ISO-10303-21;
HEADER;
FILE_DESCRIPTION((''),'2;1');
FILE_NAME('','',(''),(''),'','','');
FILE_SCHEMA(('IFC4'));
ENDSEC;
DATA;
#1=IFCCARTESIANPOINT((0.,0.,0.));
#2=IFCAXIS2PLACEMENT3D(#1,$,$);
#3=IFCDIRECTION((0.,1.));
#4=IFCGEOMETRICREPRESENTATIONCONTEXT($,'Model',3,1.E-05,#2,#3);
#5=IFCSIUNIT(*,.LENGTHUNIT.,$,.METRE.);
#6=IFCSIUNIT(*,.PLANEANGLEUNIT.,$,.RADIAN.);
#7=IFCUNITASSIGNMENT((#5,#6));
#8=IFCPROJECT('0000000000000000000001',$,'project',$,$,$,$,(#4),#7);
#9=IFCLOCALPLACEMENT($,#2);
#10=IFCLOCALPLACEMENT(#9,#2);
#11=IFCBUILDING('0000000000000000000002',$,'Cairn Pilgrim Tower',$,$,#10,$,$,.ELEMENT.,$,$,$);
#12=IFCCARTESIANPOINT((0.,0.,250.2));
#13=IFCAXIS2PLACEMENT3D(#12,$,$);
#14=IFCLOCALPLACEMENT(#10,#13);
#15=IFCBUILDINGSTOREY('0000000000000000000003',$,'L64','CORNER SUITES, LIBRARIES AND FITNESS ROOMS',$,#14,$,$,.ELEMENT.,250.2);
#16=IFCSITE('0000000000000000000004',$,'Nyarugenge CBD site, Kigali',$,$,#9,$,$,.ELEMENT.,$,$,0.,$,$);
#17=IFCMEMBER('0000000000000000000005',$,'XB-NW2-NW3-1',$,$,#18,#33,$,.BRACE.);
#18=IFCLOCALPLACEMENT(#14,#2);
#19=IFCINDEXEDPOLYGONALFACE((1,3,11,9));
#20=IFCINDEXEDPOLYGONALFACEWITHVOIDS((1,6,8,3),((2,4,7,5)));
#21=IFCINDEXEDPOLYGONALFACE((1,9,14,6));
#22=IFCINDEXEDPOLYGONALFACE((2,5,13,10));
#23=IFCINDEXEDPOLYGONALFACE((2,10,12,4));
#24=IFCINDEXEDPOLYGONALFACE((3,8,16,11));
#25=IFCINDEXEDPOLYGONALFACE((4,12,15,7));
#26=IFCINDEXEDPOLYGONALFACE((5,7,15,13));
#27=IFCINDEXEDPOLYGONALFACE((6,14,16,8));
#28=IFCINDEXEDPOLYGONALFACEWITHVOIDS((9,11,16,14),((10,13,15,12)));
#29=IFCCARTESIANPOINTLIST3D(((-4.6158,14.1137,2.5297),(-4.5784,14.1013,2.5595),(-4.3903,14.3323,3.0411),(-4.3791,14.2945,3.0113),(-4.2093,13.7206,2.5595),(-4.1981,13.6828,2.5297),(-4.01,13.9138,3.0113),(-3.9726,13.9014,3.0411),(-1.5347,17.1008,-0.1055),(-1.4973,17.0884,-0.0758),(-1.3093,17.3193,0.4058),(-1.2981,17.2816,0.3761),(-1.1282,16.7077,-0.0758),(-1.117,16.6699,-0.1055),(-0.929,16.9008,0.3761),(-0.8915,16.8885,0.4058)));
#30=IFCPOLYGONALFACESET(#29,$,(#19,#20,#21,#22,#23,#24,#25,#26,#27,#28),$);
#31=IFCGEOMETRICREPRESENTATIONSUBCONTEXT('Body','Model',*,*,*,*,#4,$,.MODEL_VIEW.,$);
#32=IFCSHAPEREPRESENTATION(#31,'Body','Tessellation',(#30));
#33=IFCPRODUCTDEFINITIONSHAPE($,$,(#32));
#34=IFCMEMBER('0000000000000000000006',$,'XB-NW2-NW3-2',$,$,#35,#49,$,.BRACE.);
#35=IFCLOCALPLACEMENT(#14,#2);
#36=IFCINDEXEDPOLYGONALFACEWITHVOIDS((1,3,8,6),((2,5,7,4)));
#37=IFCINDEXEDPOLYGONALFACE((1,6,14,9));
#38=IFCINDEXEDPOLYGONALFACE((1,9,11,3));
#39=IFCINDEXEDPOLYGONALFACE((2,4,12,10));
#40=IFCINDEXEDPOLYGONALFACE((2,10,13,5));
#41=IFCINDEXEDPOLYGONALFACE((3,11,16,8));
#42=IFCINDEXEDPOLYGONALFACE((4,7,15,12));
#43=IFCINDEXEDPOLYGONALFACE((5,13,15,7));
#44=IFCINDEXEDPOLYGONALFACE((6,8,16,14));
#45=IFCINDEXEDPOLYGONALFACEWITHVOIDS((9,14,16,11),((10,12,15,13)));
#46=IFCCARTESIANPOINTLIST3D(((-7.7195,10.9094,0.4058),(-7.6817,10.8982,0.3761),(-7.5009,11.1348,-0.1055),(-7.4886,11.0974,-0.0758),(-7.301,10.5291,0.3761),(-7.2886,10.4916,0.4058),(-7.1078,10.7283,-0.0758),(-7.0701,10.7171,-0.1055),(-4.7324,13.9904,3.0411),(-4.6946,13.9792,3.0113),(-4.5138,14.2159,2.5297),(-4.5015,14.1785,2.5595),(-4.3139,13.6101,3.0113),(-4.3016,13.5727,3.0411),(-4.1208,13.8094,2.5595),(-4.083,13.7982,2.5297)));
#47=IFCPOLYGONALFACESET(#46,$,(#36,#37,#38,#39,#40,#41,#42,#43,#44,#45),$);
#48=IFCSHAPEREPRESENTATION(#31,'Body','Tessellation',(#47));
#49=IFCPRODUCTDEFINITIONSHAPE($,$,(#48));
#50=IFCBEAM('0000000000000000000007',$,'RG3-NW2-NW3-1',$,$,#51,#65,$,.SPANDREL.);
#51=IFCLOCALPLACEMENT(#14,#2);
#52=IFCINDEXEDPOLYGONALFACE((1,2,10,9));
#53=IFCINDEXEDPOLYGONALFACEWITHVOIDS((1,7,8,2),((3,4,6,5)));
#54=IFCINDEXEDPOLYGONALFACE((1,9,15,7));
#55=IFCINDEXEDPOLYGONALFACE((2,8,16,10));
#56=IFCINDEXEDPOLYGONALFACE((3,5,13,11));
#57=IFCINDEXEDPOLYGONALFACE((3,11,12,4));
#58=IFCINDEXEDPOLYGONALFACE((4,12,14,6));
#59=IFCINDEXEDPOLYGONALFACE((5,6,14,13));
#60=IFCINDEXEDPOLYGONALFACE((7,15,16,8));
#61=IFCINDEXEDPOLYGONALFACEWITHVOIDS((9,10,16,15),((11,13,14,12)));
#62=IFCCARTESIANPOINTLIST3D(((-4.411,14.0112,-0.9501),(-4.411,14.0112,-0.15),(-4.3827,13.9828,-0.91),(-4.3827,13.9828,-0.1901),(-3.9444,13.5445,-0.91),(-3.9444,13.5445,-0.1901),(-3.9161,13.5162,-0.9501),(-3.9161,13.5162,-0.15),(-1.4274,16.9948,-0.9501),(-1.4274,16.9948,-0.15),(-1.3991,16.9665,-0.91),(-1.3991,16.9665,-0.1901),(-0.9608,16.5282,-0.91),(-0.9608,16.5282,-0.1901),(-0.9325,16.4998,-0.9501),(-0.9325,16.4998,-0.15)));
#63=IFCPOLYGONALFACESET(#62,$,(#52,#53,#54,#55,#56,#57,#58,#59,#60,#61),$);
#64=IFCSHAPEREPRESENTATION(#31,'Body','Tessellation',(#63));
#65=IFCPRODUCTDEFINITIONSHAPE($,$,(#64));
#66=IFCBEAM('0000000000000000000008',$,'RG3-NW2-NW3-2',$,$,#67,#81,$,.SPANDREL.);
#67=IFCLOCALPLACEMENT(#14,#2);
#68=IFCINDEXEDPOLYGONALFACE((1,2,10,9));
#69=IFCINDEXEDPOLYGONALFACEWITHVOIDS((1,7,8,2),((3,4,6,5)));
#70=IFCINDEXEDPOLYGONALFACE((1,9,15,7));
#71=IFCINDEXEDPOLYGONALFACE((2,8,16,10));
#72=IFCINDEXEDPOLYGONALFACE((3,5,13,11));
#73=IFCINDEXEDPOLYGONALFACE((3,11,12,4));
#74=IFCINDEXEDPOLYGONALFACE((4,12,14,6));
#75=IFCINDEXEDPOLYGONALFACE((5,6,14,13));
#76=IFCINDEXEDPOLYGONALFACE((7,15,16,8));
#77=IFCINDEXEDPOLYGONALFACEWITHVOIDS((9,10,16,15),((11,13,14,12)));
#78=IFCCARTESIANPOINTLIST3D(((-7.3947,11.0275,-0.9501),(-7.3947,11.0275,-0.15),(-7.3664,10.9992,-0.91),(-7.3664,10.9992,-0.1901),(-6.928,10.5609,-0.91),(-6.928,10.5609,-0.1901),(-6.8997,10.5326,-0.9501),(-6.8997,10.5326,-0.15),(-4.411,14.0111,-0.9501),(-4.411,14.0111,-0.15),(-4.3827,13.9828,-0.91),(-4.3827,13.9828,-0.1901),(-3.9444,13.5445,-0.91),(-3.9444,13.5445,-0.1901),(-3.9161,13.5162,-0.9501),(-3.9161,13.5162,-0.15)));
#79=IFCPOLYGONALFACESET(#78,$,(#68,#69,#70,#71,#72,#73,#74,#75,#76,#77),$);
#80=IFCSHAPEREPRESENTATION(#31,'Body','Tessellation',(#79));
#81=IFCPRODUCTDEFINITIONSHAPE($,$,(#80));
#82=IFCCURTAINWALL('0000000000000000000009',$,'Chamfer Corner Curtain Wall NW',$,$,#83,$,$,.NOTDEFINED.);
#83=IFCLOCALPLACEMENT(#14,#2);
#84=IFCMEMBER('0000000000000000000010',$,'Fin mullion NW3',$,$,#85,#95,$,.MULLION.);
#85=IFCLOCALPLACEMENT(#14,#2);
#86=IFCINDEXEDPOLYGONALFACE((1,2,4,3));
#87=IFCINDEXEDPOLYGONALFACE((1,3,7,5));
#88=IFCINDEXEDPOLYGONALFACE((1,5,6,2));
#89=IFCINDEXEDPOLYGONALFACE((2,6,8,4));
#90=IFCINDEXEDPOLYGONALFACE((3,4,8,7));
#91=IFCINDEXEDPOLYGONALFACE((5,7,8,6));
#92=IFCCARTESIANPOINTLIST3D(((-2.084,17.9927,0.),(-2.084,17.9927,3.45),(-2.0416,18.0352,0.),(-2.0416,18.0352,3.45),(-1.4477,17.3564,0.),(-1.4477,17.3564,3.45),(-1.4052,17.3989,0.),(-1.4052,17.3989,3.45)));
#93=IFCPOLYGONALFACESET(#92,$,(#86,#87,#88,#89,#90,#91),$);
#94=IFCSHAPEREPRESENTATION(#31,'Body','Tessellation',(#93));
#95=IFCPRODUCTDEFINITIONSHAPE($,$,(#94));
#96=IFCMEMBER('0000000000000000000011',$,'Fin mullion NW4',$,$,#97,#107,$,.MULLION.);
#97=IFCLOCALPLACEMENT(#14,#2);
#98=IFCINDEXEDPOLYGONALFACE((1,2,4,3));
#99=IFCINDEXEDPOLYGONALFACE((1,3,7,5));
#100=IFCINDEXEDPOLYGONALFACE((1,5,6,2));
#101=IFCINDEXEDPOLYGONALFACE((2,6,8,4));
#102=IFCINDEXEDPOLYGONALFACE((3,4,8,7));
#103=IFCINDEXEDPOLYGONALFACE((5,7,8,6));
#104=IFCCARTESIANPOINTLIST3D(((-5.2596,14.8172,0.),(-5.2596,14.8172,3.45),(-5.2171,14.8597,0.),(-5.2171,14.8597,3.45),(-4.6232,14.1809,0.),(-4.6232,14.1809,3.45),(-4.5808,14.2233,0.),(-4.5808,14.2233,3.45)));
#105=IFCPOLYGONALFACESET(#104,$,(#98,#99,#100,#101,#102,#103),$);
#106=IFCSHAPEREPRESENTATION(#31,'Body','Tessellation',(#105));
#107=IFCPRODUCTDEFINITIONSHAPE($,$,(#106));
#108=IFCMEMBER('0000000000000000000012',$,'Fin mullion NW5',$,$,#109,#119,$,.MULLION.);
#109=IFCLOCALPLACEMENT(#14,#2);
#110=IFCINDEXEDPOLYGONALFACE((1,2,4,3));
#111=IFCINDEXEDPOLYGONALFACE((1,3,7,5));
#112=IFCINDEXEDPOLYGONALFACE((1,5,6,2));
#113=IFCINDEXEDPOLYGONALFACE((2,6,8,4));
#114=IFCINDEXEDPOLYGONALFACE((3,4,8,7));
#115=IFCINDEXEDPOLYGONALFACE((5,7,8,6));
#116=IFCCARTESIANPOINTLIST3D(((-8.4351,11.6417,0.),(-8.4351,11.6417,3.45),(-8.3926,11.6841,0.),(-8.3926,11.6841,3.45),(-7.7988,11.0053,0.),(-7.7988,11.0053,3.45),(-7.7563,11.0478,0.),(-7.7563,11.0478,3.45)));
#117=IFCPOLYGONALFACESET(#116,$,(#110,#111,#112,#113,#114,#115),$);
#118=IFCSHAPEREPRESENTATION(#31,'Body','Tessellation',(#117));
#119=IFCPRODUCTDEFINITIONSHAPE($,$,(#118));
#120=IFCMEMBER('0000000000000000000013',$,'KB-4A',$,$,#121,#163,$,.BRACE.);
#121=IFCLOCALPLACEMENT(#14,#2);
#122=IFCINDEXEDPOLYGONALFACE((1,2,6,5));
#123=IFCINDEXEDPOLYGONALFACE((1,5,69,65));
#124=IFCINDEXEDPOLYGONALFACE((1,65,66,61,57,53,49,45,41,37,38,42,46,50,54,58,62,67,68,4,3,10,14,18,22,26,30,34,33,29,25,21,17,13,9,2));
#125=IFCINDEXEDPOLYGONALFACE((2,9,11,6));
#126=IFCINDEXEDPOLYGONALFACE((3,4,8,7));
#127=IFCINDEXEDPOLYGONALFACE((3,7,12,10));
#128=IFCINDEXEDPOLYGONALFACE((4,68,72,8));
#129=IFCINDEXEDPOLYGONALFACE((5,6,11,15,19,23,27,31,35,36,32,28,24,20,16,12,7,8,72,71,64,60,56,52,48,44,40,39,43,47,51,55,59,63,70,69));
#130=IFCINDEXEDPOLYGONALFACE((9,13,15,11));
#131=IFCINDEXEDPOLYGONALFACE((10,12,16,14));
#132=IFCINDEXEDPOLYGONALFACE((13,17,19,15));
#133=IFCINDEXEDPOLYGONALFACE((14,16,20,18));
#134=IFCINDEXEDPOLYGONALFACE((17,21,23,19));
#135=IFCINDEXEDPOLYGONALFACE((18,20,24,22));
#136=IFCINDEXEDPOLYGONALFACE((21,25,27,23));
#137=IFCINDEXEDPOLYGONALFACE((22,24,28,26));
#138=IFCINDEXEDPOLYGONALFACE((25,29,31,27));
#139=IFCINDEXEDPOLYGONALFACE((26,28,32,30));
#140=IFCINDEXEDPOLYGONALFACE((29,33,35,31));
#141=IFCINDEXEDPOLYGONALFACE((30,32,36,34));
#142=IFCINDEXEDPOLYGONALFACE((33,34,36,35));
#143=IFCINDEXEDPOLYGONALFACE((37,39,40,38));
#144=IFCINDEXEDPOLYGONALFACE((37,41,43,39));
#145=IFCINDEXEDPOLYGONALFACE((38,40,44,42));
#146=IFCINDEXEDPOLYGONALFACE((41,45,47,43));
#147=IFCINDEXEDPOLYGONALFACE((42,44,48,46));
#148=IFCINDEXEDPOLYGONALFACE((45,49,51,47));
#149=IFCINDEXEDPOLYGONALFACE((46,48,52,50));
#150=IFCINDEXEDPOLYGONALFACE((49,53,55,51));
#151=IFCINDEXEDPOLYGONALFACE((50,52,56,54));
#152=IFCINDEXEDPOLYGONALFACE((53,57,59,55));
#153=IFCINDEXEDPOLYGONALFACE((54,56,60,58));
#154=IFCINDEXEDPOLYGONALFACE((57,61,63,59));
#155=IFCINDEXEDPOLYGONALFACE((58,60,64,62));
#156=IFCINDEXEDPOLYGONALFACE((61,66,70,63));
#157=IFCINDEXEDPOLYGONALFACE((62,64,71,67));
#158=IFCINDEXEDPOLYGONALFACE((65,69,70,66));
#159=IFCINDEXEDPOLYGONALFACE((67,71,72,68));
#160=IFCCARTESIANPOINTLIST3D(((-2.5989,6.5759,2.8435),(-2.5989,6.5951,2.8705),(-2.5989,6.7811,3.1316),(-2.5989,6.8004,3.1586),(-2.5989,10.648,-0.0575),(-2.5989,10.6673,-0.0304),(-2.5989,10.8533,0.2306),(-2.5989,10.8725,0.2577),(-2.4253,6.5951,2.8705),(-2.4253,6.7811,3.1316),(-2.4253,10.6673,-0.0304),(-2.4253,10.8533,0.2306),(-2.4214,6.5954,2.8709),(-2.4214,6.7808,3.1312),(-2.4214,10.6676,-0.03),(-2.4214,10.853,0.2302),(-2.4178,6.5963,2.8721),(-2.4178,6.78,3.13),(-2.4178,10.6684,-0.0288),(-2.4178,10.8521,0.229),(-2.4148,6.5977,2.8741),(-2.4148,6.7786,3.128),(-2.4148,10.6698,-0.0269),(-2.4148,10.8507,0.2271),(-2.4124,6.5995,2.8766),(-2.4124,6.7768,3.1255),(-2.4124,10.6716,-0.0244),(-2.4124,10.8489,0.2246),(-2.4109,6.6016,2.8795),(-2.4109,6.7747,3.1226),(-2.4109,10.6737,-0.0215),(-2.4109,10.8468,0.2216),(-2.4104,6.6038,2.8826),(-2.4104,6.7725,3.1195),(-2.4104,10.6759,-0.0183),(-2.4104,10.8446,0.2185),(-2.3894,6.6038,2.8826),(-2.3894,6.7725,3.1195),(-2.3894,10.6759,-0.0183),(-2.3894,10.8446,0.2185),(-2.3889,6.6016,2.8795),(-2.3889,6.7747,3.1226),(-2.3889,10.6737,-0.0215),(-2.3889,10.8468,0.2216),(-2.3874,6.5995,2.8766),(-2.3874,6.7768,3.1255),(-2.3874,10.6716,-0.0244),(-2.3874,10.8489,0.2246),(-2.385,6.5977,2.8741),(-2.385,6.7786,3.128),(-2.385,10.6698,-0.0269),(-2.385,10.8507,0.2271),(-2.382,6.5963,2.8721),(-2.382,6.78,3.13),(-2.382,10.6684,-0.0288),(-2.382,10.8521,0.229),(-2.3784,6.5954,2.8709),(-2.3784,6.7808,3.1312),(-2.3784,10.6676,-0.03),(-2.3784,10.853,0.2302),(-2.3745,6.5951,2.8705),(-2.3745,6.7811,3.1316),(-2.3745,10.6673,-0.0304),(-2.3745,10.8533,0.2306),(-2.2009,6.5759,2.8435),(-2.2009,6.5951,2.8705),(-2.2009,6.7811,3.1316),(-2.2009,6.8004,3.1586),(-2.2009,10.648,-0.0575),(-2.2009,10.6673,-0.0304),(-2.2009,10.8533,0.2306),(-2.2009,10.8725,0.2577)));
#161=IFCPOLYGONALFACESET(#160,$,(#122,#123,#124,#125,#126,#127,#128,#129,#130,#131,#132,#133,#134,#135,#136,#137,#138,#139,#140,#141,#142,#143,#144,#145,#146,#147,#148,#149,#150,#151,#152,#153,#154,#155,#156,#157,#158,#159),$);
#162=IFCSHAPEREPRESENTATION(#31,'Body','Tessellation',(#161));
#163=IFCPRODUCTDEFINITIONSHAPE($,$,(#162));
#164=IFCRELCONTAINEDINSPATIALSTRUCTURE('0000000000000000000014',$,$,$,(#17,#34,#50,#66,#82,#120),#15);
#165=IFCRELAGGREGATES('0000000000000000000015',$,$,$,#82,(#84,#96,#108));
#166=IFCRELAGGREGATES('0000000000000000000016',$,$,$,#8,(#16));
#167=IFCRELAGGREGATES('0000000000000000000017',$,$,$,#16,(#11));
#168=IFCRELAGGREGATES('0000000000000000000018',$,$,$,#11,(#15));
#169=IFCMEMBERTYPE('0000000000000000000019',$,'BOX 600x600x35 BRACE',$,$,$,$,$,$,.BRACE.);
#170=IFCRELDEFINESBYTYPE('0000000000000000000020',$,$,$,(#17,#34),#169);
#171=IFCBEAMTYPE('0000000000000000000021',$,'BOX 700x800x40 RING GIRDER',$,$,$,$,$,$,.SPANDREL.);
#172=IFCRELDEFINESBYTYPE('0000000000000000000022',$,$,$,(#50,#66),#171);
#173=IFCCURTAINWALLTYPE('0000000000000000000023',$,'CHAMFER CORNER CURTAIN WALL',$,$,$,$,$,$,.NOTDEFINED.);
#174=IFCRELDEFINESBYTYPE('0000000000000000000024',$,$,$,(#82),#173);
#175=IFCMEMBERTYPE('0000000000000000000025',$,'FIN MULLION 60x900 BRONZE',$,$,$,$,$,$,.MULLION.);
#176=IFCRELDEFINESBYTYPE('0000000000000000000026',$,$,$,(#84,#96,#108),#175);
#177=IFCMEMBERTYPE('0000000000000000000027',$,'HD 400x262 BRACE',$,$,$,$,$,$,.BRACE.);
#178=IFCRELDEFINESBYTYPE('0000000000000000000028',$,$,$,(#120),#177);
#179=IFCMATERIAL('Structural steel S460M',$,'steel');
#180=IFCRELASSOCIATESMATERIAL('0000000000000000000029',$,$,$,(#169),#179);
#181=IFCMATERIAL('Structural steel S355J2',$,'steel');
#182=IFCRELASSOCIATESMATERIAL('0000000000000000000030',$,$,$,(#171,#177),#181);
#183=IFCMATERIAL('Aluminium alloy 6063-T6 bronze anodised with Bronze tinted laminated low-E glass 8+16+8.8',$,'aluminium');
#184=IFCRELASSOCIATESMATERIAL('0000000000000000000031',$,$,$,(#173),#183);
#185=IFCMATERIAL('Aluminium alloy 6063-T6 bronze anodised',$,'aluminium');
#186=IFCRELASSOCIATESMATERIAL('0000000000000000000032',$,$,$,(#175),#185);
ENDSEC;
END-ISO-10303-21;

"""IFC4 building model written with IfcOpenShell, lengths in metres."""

from ifc_helpers import new_model, si_unit, direction, frame, origin, origin_2d, place, context, subcontext, project, spatial, rectangle, hollow_rectangle, i_section, extrude, material, material_profile, profile_set, type_object, element, aggregate, save


model = new_model("IFC4")

# Units and contexts
model_context = context("Model", 3, precision=1e-05, world=origin(), true_north=direction((0.0, 1.0)))
body_context = subcontext(model_context, "Body", "Model", "MODEL_VIEW")
ifc_project = project(units=[si_unit("LENGTHUNIT", "METRE"), si_unit("PLANEANGLEUNIT", "RADIAN")], contexts=[model_context])

# Site, building, storey
site_placement = place(None, origin())
site = spatial("IfcSite", under=ifc_project, at=site_placement, Name="Nyarugenge CBD site, Kigali", CompositionType="ELEMENT", RefElevation=0.0)
building_placement = place(site_placement, origin())
building = spatial("IfcBuilding", under=site, at=building_placement, Name="Cairn Pilgrim Tower", CompositionType="ELEMENT")
storey_placement = place(building_placement, frame((0.0, 0.0, 250.2)))
storey = spatial("IfcBuildingStorey", under=building, at=storey_placement, Name="L64", Description="CORNER SUITES, LIBRARIES AND FITNESS ROOMS", CompositionType="ELEMENT", Elevation=250.2)

# Shared definitions
ifc_material_1 = material(Name="Structural steel S355J2", Category="steel")
ifc_material_2 = material(Name="Structural steel S460M", Category="steel")

# Members
ifc_material_profile_1 = material_profile(ifc_material_2, hollow_rectangle(XDim=0.6001, YDim=0.6001, WallThickness=0.0349, at=origin_2d()), Name="BOX 600x600x35")
ifc_profile_set_1 = profile_set([ifc_material_profile_1], Name="Structural steel S460M")
member_type_1 = type_object("IfcMemberType", Name="BOX 600x600x35 BRACE", PredefinedType="BRACE", material=ifc_profile_set_1)
for number, where, z_axis, x_axis, name in (
    (1, (-1.2131, 16.9946, 0.1501), (-0.611822, -0.593157, 0.523297), (0.69607, -0.717974, 0.0), "XB-NW2-NW3-1"),
    (2, (-7.3948, 10.8132, 0.1501), (0.593157, 0.611822, 0.523297), (-0.717974, 0.69607, 0.0), "XB-NW2-NW3-2"),
):
    element("IfcMember", number, at=place(storey_placement, frame(where, z_axis=z_axis, x_axis=x_axis)), inside=storey, type_object=member_type_1, Name=name, PredefinedType="BRACE", context=body_context, shape_type="SweptSolid", body=[
        extrude(hollow_rectangle(XDim=0.6001, YDim=0.6001, WallThickness=0.0349, at=origin_2d()), origin(), (0.0, 0.0, 1.0), 5.0359),
    ])

# Beams
ifc_material_profile_2 = material_profile(ifc_material_1, hollow_rectangle(XDim=0.7, YDim=0.8, WallThickness=0.04, at=origin_2d()), Name="BOX 700x800x40")
ifc_profile_set_2 = profile_set([ifc_material_profile_2], Name="Structural steel S355J2")
beam_type_1 = type_object("IfcBeamType", Name="BOX 700x800x40 RING GIRDER", PredefinedType="SPANDREL", material=ifc_profile_set_2)
for number, where, z_axis, x_axis, name in (
    (3, (-1.1799, 16.7473, -0.55), (-0.707107, -0.707107, 0.0), (0.707107, -0.707107, 0.0), "RG3-NW2-NW3-1"),
    (4, (-4.1636, 13.7637, -0.55), (-0.707107, -0.707107, 0.0), (0.707107, -0.707107, 0.0), "RG3-NW2-NW3-2"),
):
    element("IfcBeam", number, at=place(storey_placement, frame(where, z_axis=z_axis, x_axis=x_axis)), inside=storey, type_object=beam_type_1, Name=name, PredefinedType="SPANDREL", context=body_context, shape_type="SweptSolid", body=[
        extrude(hollow_rectangle(XDim=0.7, YDim=0.8, WallThickness=0.04, at=origin_2d()), origin(), (0.0, 0.0, 1.0), 4.2195),
    ])

# Curtain wall, members
ifc_material_3 = material(Name="Aluminium alloy 6063-T6 bronze anodised with Bronze tinted laminated low-E glass 8+16+8.8", Category="aluminium")
curtain_wall_type = type_object("IfcCurtainWallType", Name="CHAMFER CORNER CURTAIN WALL", PredefinedType="NOTDEFINED", material=ifc_material_3)
curtain_wall_placement = place(storey_placement, origin())
curtain_wall = element("IfcCurtainWall", 5, at=curtain_wall_placement, inside=storey, type_object=curtain_wall_type, Name="Chamfer Corner Curtain Wall NW", PredefinedType="NOTDEFINED")
ifc_material_4 = material(Name="Aluminium alloy 6063-T6 bronze anodised", Category="aluminium")
ifc_material_profile_3 = material_profile(ifc_material_4, rectangle(XDim=0.8999, YDim=0.0601, at=origin_2d()), Name="FIN MULLION 60x900 BRONZE")
ifc_profile_set_3 = profile_set([ifc_material_profile_3], Name="Aluminium alloy 6063-T6 bronze anodised")
member_type_2 = type_object("IfcMemberType", Name="FIN MULLION 60x900 BRONZE", PredefinedType="MULLION", material=ifc_profile_set_3)
member_1_placement = place(storey_placement, frame((-1.7446, 17.6958, 0.0), z_axis=(0.0, 0.0, 1.0), x_axis=(-0.707107, 0.707107, 0.0)))
member_1 = element("IfcMember", 6, at=member_1_placement, type_object=member_type_2, Name="Fin mullion NW3", PredefinedType="MULLION", context=body_context, shape_type="SweptSolid", body=[
    extrude(rectangle(XDim=0.8999, YDim=0.0601, at=origin_2d()), origin(), (0.0, 0.0, 1.0), 3.45),
])
member_2_placement = place(storey_placement, frame((-4.9202, 14.5203, 0.0), z_axis=(0.0, 0.0, 1.0), x_axis=(-0.707107, 0.707107, 0.0)))
member_2 = element("IfcMember", 7, at=member_2_placement, type_object=member_type_2, Name="Fin mullion NW4", PredefinedType="MULLION", context=body_context, shape_type="SweptSolid", body=[
    extrude(rectangle(XDim=0.8999, YDim=0.0601, at=origin_2d()), origin(), (0.0, 0.0, 1.0), 3.45),
])
member_3_placement = place(storey_placement, frame((-8.0957, 11.3447, 0.0), z_axis=(0.0, 0.0, 1.0), x_axis=(-0.707107, 0.707107, 0.0)))
member_3 = element("IfcMember", 8, at=member_3_placement, type_object=member_type_2, Name="Fin mullion NW5", PredefinedType="MULLION", context=body_context, shape_type="SweptSolid", body=[
    extrude(rectangle(XDim=0.8999, YDim=0.0601, at=origin_2d()), origin(), (0.0, 0.0, 1.0), 3.45),
])

# Member
ifc_material_profile_4 = material_profile(ifc_material_1, i_section(OverallWidth=0.3979, OverallDepth=0.387, WebThickness=0.021, FlangeThickness=0.0332, FilletRadius=0.0149, at=origin_2d()), Name="HD 400x262")
ifc_profile_set_4 = profile_set([ifc_material_profile_4], Name="Structural steel S355J2")
member_type_3 = type_object("IfcMemberType", Name="HD 400x262 BRACE", PredefinedType="BRACE", material=ifc_profile_set_4)
member_4_placement = place(storey_placement, frame((-2.3999, 10.7603, 0.1001), z_axis=(0.0, -0.814462, 0.580217), x_axis=(1.0, 0.0, 0.0)))
element("IfcMember", 9, at=member_4_placement, inside=storey, type_object=member_type_3, Name="KB-4A", PredefinedType="BRACE", context=body_context, shape_type="SweptSolid", body=[
    extrude(i_section(OverallWidth=0.3979, OverallDepth=0.387, WebThickness=0.021, FlangeThickness=0.0332, FilletRadius=0.0149, at=origin_2d()), origin(), (0.0, 0.0, 1.0), 4.9998),
])

aggregate(curtain_wall, [member_1, member_2, member_3])

save(model, "model.ifc")
